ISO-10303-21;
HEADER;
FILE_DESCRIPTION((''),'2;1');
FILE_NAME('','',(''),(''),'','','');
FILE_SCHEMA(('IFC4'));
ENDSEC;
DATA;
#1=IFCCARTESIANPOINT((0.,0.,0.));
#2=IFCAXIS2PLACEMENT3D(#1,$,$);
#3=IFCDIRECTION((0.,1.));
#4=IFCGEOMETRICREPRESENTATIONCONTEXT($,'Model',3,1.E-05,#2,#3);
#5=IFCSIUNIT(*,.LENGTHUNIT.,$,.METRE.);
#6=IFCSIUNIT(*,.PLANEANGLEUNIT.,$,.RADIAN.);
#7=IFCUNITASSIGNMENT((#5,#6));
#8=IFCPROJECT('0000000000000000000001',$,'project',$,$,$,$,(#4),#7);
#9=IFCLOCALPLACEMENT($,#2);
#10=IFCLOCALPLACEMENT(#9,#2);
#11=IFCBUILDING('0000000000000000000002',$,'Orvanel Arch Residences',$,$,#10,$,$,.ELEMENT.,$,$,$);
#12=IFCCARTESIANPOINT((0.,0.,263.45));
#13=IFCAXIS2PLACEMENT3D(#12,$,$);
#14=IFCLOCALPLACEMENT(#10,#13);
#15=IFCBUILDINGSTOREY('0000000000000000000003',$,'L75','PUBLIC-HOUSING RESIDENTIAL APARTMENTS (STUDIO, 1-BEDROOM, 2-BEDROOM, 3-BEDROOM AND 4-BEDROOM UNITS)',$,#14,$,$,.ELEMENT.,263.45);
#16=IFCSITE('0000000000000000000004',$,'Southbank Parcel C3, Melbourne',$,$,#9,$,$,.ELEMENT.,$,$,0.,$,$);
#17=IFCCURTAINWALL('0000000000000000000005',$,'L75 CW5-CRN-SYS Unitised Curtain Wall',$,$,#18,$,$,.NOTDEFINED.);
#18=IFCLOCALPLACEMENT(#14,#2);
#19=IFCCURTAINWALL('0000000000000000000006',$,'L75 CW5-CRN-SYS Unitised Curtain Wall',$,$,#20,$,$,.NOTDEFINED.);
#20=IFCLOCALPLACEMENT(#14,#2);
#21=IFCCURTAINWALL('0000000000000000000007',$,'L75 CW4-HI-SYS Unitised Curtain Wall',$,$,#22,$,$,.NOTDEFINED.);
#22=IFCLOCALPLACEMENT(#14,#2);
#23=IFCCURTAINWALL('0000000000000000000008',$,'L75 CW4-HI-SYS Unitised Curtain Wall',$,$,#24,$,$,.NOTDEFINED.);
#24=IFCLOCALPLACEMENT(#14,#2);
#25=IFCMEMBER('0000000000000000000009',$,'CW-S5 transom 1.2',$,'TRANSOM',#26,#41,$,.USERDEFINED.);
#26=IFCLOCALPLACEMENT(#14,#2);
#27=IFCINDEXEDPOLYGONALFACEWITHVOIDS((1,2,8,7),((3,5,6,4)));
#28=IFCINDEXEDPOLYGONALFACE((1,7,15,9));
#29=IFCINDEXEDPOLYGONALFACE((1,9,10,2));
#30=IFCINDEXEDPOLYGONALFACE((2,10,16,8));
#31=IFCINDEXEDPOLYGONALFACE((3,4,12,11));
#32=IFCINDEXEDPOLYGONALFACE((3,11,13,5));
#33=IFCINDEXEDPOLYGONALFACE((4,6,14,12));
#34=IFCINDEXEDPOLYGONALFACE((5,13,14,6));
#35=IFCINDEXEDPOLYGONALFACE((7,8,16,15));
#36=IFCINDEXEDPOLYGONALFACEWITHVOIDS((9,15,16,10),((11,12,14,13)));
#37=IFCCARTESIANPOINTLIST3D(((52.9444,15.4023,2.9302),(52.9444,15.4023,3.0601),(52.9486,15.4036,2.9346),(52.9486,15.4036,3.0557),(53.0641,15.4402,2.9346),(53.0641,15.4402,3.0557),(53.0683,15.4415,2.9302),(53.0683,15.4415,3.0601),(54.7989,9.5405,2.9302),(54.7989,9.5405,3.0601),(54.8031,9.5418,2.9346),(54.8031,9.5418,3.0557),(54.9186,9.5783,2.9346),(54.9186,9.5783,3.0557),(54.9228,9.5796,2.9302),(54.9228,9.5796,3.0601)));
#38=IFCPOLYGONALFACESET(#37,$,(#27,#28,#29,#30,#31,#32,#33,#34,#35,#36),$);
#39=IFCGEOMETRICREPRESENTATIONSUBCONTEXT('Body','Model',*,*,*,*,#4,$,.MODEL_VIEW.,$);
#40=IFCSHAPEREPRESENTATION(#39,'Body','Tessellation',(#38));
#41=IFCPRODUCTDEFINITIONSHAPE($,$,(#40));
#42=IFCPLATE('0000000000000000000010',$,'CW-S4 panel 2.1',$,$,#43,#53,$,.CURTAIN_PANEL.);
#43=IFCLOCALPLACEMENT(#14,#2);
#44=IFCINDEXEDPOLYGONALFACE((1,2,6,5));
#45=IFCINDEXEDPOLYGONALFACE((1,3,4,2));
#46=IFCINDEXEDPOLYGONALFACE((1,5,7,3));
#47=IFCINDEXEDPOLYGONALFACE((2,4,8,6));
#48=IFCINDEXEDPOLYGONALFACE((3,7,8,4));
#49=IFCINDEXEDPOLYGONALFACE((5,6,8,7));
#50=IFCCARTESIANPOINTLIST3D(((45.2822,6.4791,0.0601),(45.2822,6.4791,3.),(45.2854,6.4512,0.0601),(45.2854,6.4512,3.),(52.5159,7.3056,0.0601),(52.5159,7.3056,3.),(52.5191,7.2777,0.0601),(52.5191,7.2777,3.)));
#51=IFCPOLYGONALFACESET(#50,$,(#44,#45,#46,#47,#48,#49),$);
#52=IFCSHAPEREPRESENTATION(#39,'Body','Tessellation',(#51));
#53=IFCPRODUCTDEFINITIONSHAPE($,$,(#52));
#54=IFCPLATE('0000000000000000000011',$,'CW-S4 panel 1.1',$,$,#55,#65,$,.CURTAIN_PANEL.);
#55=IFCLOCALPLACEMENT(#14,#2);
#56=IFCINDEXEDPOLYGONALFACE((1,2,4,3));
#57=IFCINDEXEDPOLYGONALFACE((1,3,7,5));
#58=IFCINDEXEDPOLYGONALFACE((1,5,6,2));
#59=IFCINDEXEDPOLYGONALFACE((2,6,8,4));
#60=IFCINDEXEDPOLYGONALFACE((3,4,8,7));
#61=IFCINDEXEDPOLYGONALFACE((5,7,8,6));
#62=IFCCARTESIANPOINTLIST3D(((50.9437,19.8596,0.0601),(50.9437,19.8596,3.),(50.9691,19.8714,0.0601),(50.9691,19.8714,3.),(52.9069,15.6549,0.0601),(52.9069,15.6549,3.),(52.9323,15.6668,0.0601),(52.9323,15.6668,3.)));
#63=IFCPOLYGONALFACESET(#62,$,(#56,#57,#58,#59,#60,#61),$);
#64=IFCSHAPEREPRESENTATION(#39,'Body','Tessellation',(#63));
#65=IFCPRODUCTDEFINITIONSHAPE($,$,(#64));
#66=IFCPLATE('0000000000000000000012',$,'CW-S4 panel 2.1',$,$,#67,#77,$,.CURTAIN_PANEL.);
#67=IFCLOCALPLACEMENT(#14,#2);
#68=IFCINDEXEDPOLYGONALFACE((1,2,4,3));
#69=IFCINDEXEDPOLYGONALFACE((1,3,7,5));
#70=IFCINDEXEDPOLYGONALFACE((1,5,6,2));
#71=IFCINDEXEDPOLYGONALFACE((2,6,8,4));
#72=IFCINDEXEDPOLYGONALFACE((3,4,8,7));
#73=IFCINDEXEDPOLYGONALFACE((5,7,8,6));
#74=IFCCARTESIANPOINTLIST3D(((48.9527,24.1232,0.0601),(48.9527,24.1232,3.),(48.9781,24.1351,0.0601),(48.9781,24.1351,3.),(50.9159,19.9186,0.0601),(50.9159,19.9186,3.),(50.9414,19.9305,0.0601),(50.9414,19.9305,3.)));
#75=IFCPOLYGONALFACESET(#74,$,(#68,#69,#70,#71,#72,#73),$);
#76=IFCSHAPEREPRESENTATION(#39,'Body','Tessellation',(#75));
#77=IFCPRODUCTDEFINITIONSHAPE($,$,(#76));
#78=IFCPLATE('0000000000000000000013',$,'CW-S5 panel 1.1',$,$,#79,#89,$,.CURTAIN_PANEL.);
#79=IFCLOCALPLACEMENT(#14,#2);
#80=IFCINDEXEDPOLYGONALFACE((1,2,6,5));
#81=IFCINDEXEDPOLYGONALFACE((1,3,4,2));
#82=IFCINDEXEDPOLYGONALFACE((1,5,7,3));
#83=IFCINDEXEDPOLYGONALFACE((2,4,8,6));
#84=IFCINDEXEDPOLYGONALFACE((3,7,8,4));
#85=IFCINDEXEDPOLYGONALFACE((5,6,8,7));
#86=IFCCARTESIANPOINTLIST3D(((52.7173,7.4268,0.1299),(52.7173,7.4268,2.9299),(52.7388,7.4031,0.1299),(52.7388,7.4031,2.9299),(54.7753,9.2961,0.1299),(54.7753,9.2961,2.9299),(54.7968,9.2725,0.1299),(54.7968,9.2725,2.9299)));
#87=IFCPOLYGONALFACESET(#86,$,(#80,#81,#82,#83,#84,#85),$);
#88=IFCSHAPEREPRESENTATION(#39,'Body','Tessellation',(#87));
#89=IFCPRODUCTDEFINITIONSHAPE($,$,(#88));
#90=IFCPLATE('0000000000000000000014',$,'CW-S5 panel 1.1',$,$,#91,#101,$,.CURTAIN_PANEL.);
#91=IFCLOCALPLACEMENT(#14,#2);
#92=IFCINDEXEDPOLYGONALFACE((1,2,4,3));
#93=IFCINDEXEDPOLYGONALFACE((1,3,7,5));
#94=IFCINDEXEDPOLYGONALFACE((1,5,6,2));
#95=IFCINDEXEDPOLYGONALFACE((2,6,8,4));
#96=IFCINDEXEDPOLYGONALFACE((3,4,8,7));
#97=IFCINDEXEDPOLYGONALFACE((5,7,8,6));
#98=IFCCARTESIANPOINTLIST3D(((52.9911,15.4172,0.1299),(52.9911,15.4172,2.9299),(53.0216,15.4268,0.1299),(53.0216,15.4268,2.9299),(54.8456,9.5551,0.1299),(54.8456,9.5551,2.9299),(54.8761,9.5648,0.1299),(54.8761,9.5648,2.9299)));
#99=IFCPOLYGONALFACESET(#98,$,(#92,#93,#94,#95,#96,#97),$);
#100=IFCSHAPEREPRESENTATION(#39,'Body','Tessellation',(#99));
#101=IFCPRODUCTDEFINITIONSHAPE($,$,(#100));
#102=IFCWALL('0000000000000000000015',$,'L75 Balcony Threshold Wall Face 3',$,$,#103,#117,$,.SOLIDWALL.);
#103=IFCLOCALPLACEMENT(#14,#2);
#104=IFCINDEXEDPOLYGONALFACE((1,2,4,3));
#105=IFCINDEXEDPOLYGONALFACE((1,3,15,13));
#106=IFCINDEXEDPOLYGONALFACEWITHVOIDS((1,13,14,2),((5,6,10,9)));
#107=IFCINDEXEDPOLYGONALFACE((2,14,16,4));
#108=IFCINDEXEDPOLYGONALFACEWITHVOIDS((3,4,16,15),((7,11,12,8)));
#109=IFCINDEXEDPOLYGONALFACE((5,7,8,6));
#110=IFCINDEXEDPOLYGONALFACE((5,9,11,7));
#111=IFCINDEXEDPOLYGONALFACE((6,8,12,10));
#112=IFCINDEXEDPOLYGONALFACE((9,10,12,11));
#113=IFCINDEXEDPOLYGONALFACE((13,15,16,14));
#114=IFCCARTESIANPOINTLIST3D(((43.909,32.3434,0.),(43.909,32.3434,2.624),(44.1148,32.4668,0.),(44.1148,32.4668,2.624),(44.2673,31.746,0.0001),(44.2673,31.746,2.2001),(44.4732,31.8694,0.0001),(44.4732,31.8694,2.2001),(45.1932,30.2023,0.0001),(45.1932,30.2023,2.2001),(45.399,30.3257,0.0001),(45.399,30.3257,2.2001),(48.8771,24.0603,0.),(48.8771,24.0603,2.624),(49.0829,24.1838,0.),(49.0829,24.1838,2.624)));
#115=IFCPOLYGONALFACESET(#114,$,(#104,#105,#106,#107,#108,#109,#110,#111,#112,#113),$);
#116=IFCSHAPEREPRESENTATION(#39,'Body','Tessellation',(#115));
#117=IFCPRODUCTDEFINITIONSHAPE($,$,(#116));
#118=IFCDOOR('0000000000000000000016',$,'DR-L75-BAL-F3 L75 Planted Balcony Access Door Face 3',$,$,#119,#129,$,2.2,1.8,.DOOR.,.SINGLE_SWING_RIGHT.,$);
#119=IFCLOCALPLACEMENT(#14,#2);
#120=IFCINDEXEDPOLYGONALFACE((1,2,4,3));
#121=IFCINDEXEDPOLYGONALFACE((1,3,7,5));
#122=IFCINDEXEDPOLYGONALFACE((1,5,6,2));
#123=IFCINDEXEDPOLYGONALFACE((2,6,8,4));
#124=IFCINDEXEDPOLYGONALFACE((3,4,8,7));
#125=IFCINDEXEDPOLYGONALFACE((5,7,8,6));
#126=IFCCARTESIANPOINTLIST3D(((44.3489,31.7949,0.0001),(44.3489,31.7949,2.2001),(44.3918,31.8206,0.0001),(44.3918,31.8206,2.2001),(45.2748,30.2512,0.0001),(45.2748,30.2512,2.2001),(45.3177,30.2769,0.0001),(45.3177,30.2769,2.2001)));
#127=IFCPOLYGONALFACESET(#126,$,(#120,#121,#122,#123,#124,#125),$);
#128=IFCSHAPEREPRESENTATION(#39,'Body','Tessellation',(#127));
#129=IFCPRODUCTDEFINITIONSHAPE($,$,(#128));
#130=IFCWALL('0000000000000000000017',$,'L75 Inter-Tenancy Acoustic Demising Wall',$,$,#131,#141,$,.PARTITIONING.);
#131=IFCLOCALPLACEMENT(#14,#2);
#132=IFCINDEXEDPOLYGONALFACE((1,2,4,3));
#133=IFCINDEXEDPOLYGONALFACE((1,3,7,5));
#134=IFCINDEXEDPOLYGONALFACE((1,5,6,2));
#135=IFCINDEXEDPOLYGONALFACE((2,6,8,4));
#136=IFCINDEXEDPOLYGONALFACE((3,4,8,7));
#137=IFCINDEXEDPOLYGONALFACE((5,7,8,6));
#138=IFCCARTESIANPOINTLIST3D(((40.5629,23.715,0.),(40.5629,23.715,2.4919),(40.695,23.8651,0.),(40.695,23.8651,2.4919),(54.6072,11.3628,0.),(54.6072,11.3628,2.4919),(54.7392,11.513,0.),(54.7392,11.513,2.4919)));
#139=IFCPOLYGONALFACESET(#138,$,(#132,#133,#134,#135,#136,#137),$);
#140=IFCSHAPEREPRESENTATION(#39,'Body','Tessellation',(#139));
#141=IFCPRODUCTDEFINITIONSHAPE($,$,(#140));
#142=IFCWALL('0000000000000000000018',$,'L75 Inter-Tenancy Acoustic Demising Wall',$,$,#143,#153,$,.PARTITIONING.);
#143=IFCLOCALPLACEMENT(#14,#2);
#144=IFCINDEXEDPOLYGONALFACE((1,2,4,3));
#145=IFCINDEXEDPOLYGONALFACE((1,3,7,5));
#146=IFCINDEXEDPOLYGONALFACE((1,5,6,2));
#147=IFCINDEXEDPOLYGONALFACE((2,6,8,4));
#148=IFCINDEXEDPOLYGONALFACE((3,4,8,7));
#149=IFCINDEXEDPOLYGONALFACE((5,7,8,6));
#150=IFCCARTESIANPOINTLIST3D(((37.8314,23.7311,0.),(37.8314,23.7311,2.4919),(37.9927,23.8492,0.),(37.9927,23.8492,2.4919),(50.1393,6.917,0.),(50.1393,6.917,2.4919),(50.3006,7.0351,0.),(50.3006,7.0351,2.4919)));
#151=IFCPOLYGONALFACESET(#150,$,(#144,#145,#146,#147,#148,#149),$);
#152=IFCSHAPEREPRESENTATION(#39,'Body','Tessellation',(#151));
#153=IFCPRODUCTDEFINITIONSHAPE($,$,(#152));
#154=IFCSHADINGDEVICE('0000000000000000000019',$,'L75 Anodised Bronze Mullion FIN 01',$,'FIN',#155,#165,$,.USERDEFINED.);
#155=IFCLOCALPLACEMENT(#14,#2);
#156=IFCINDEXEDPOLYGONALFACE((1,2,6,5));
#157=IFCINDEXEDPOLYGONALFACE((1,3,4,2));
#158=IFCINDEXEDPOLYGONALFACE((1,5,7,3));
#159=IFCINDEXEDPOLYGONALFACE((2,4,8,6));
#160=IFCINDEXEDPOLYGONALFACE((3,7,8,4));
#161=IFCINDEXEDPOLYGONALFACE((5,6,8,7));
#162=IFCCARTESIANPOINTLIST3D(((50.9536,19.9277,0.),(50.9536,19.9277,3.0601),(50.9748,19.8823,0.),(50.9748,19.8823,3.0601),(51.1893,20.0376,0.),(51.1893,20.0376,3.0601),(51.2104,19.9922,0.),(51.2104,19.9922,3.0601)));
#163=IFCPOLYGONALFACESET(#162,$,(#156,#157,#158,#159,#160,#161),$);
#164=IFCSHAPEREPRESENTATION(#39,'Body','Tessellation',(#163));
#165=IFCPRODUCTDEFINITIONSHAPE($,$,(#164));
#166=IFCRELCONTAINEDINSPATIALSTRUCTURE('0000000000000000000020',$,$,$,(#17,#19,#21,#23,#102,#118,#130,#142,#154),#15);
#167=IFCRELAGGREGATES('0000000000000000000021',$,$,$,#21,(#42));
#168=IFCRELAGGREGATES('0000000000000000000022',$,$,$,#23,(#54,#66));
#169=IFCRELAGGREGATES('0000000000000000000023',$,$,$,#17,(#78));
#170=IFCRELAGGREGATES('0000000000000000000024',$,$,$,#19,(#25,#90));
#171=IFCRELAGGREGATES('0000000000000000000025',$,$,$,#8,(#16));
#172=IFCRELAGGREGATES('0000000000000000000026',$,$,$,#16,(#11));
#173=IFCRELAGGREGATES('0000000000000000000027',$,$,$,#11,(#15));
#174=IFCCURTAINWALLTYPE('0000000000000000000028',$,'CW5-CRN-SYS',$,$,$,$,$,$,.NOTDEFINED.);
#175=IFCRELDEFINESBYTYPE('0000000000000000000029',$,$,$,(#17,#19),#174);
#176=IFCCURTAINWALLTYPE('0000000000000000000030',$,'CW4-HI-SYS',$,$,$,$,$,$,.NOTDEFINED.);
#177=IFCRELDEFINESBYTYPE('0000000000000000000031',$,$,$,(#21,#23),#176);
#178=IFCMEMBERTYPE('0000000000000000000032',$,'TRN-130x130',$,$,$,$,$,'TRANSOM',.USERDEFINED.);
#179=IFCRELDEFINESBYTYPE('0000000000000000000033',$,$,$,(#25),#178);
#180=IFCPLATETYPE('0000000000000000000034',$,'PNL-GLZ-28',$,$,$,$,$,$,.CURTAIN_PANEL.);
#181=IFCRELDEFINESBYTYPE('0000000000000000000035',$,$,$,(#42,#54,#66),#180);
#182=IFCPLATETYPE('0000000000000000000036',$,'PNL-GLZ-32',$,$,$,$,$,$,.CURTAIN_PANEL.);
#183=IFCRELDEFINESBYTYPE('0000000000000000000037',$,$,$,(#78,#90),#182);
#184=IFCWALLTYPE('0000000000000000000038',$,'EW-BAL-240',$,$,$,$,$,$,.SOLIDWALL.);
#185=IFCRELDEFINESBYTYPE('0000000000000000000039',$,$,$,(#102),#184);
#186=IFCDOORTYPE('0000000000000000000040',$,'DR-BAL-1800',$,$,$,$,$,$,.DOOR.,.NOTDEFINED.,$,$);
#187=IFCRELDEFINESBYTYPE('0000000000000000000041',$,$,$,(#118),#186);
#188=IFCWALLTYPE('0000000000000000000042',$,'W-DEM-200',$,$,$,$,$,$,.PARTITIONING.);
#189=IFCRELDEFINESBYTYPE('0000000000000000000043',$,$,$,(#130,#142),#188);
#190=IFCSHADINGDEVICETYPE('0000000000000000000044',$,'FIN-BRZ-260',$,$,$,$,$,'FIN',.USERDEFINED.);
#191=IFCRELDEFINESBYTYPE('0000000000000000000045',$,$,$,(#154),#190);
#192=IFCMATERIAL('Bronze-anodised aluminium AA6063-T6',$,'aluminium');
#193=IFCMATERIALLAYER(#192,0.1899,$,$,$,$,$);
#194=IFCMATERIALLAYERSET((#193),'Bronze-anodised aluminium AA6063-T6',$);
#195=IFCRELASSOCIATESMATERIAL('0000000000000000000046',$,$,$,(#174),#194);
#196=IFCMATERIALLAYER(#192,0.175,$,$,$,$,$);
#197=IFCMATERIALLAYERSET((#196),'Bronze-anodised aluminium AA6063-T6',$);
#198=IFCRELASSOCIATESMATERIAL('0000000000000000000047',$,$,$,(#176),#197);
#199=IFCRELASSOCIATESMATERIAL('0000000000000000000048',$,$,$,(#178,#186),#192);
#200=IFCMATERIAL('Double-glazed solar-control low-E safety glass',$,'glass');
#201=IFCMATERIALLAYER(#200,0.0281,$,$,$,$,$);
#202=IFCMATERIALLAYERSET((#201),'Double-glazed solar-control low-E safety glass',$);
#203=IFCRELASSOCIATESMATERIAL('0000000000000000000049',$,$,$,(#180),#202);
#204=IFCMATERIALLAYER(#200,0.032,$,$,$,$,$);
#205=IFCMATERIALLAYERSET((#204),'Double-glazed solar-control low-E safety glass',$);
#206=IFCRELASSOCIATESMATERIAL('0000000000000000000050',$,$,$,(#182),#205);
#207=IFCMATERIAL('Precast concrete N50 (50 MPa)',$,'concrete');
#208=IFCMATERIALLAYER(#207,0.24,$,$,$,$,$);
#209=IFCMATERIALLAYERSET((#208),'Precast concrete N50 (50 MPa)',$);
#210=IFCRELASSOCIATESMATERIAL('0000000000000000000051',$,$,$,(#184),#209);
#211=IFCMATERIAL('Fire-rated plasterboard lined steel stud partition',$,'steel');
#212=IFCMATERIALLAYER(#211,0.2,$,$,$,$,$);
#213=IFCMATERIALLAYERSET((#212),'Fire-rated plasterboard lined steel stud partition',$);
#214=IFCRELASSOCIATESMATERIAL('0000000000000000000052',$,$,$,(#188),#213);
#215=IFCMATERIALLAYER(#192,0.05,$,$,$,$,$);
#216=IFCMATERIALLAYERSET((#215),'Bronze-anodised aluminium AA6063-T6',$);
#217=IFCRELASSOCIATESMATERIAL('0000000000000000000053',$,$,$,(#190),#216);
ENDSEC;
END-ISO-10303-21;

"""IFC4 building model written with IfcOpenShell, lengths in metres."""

from ifc_helpers import new_model, si_unit, direction, frame, frame_2d, origin, origin_2d, place, context, subcontext, project, spatial, rectangle, hollow_rectangle, extrude, material, layer, layer_set, material_profile, profile_set, type_object, element, fill, aggregate, save


model = new_model("IFC4")

# Units and contexts
model_context = context("Model", 3, precision=1e-05, world=origin(), true_north=direction((0.0, 1.0)))
body_context = subcontext(model_context, "Body", "Model", "MODEL_VIEW")
ifc_project = project(units=[si_unit("LENGTHUNIT", "METRE"), si_unit("PLANEANGLEUNIT", "RADIAN")], contexts=[model_context])

# Site, building, storey
site_placement = place(None, origin())
site = spatial("IfcSite", under=ifc_project, at=site_placement, Name="Southbank Parcel C3, Melbourne", CompositionType="ELEMENT", RefElevation=0.0)
building_placement = place(site_placement, origin())
building = spatial("IfcBuilding", under=site, at=building_placement, Name="Orvanel Arch Residences", CompositionType="ELEMENT")
storey_placement = place(building_placement, frame((0.0, 0.0, 263.45)))
storey = spatial("IfcBuildingStorey", under=building, at=storey_placement, Name="L75", Description="PUBLIC-HOUSING RESIDENTIAL APARTMENTS (STUDIO, 1-BEDROOM, 2-BEDROOM, 3-BEDROOM AND 4-BEDROOM UNITS)", CompositionType="ELEMENT", Elevation=263.45)

# Curtain walls
ifc_material_1 = material(Name="Bronze-anodised aluminium AA6063-T6", Category="aluminium")
ifc_layer_1 = layer(ifc_material_1, 0.1899)
ifc_layer_set_1 = layer_set([ifc_layer_1], Name="Bronze-anodised aluminium AA6063-T6")
curtain_wall_type_1 = type_object("IfcCurtainWallType", Name="CW5-CRN-SYS", PredefinedType="NOTDEFINED", material=ifc_layer_set_1)
curtain_wall_1_placement = place(storey_placement, origin())
curtain_wall_1 = element("IfcCurtainWall", 1, at=curtain_wall_1_placement, inside=storey, type_object=curtain_wall_type_1, Name="L75 CW5-CRN-SYS Unitised Curtain Wall", PredefinedType="NOTDEFINED")
curtain_wall_2_placement = place(storey_placement, origin())
curtain_wall_2 = element("IfcCurtainWall", 2, at=curtain_wall_2_placement, inside=storey, type_object=curtain_wall_type_1, Name="L75 CW5-CRN-SYS Unitised Curtain Wall", PredefinedType="NOTDEFINED")

# Curtain wall
ifc_layer_2 = layer(ifc_material_1, 0.175)
ifc_layer_set_2 = layer_set([ifc_layer_2], Name="Bronze-anodised aluminium AA6063-T6")
curtain_wall_type_2 = type_object("IfcCurtainWallType", Name="CW4-HI-SYS", PredefinedType="NOTDEFINED", material=ifc_layer_set_2)
curtain_wall_3_placement = place(storey_placement, origin())
curtain_wall_3 = element("IfcCurtainWall", 3, at=curtain_wall_3_placement, inside=storey, type_object=curtain_wall_type_2, Name="L75 CW4-HI-SYS Unitised Curtain Wall", PredefinedType="NOTDEFINED")

# Curtain wall
curtain_wall_4_placement = place(storey_placement, origin())
curtain_wall_4 = element("IfcCurtainWall", 4, at=curtain_wall_4_placement, inside=storey, type_object=curtain_wall_type_2, Name="L75 CW4-HI-SYS Unitised Curtain Wall", PredefinedType="NOTDEFINED")

# Member
ifc_material_profile_1 = material_profile(ifc_material_1, hollow_rectangle(XDim=0.1299, YDim=0.1299, WallThickness=0.0044, at=origin_2d()), Name="ALU130x130x4.5")
ifc_profile_set_1 = profile_set([ifc_material_profile_1], Name="Bronze-anodised aluminium AA6063-T6")
member_type_1 = type_object("IfcMemberType", Name="TRN-130x130", ElementType="TRANSOM", PredefinedType="USERDEFINED", material=ifc_profile_set_1)
member_1_placement = place(storey_placement, frame((54.8608, 9.5601, 2.9951), z_axis=(-0.301633, 0.953424, 0.0), x_axis=(-0.953424, -0.301633, 0.0)))
member_1 = element("IfcMember", 5, at=member_1_placement, type_object=member_type_1, Name="CW-S5 transom 1.2", ObjectType="TRANSOM", PredefinedType="USERDEFINED", context=body_context, shape_type="SweptSolid", body=[
    extrude(hollow_rectangle(XDim=0.1299, YDim=0.1299, WallThickness=0.0044, at=origin_2d()), origin(), (0.0, 0.0, 1.0), 6.1482),
])

# Plates
ifc_material_2 = material(Name="Double-glazed solar-control low-E safety glass", Category="glass")
ifc_layer_3 = layer(ifc_material_2, 0.0281)
ifc_layer_set_3 = layer_set([ifc_layer_3], Name="Double-glazed solar-control low-E safety glass")
plate_type_1 = type_object("IfcPlateType", Name="PNL-GLZ-28", PredefinedType="CURTAIN_PANEL", material=ifc_layer_set_3)
plate_1_placement = place(storey_placement, frame((48.9006, 6.8784, 0.0601), z_axis=(0.0, 0.0, 1.0), x_axis=(0.993537, 0.11351, 0.0)))
plate_1 = element("IfcPlate", 6, at=plate_1_placement, type_object=plate_type_1, Name="CW-S4 panel 2.1", PredefinedType="CURTAIN_PANEL", context=body_context, shape_type="SweptSolid", body=[
    extrude(rectangle(XDim=7.2808, YDim=0.0281, at=origin_2d()), origin(), (0.0, 0.0, 1.0), 2.9399),
])
aggregate(curtain_wall_3, [plate_1])
plate_2_placement = place(storey_placement, frame((51.938, 17.7632, 0.0601), z_axis=(0.0, 0.0, 1.0), x_axis=(-0.423076, 0.906094, 0.0)))
plate_2 = element("IfcPlate", 7, at=plate_2_placement, type_object=plate_type_1, Name="CW-S4 panel 1.1", PredefinedType="CURTAIN_PANEL", context=body_context, shape_type="SweptSolid", body=[
    extrude(rectangle(XDim=4.6404, YDim=0.0281, at=origin_2d()), origin(), (0.0, 0.0, 1.0), 2.9399),
])
plate_3_placement = place(storey_placement, frame((49.947, 22.0269, 0.0601), z_axis=(0.0, 0.0, 1.0), x_axis=(-0.423076, 0.906094, 0.0)))
plate_3 = element("IfcPlate", 8, at=plate_3_placement, type_object=plate_type_1, Name="CW-S4 panel 2.1", PredefinedType="CURTAIN_PANEL", context=body_context, shape_type="SweptSolid", body=[
    extrude(rectangle(XDim=4.6404, YDim=0.0281, at=origin_2d()), origin(), (0.0, 0.0, 1.0), 2.9399),
])
aggregate(curtain_wall_4, [plate_2, plate_3])
ifc_layer_4 = layer(ifc_material_2, 0.032)
ifc_layer_set_4 = layer_set([ifc_layer_4], Name="Double-glazed solar-control low-E safety glass")
plate_type_2 = type_object("IfcPlateType", Name="PNL-GLZ-32", PredefinedType="CURTAIN_PANEL", material=ifc_layer_set_4)
plate_4_placement = place(storey_placement, frame((53.7571, 8.3496, 0.1299), z_axis=(0.0, 0.0, 1.0), x_axis=(0.740219, 0.672366, 0.0)))
plate_4 = element("IfcPlate", 9, at=plate_4_placement, type_object=plate_type_2, Name="CW-S5 panel 1.1", PredefinedType="CURTAIN_PANEL", context=body_context, shape_type="SweptSolid", body=[
    extrude(rectangle(XDim=2.7803, YDim=0.032, at=origin_2d()), origin(), (0.0, 0.0, 1.0), 2.8),
])
aggregate(curtain_wall_1, [plate_4])
plate_5_placement = place(storey_placement, frame((53.9336, 12.491, 0.1299), z_axis=(0.0, 0.0, 1.0), x_axis=(-0.301629, 0.953426, 0.0)))
plate_5 = element("IfcPlate", 10, at=plate_5_placement, type_object=plate_type_2, Name="CW-S5 panel 1.1", PredefinedType="CURTAIN_PANEL", context=body_context, shape_type="SweptSolid", body=[
    extrude(rectangle(XDim=6.1484, YDim=0.032, at=origin_2d()), origin(), (0.0, 0.0, 1.0), 2.8),
])
aggregate(curtain_wall_2, [member_1, plate_5])

# Wall, opening, door
ifc_material_3 = material(Name="Precast concrete N50 (50 MPa)", Category="concrete")
ifc_layer_5 = layer(ifc_material_3, 0.24)
ifc_layer_set_5 = layer_set([ifc_layer_5], Name="Precast concrete N50 (50 MPa)")
wall_type_1 = type_object("IfcWallType", Name="EW-BAL-240", PredefinedType="SOLIDWALL", material=ifc_layer_set_5)
wall_1_placement = place(storey_placement, frame((48.98, 24.1221, 0.0), z_axis=(0.0, 0.0, 1.0), x_axis=(-0.514362, 0.857573, 0.0)))
wall_1 = element("IfcWall", 11, at=wall_1_placement, inside=storey, type_object=wall_type_1, Name="L75 Balcony Threshold Wall Face 3", PredefinedType="SOLIDWALL", context=body_context, shape_type="SweptSolid", body=[
    extrude(rectangle(XDim=9.6587, YDim=0.24, at=frame_2d((4.8293, 0.0))), origin(), (0.0, 0.0, 1.0), 2.624),
])
opening_placement = place(wall_1_placement, frame((7.1621, 0.0, 0.0)))
opening = element("IfcOpeningElement", 12, at=opening_placement, cuts=wall_1, PredefinedType="OPENING", context=body_context, shape_type="SweptSolid", body=[
    extrude(rectangle(XDim=1.8, YDim=2.2, at=frame_2d((0.8999, 1.1001))), frame((0.0, 0.1299, 0.0), z_axis=(0.0, -1.0, 0.0), x_axis=(1.0, 0.0, 0.0)), (0.0, 0.0, 1.0), 0.26),
])
door_type = type_object("IfcDoorType", Name="DR-BAL-1800", OperationType="NOTDEFINED", PredefinedType="DOOR", material=ifc_material_1)
door_placement = place(opening_placement, origin())
door = element("IfcDoor", 13, at=door_placement, inside=storey, type_object=door_type, Name="DR-L75-BAL-F3 L75 Planted Balcony Access Door Face 3", OperationType="SINGLE_SWING_RIGHT", OverallHeight=2.2, OverallWidth=1.8, PredefinedType="DOOR", context=body_context, shape_type="SweptSolid", body=[
    extrude(rectangle(XDim=1.8, YDim=2.2, at=frame_2d((0.8999, 1.1001))), frame((0.0, 0.0249, 0.0), z_axis=(0.0, -1.0, 0.0), x_axis=(1.0, 0.0, 0.0)), (0.0, 0.0, 1.0), 0.05),
])
fill(opening, door)

# Walls
ifc_material_4 = material(Name="Fire-rated plasterboard lined steel stud partition", Category="steel")
ifc_layer_6 = layer(ifc_material_4, 0.2)
ifc_layer_set_6 = layer_set([ifc_layer_6], Name="Fire-rated plasterboard lined steel stud partition")
wall_type_2 = type_object("IfcWallType", Name="W-DEM-200", PredefinedType="PARTITIONING", material=ifc_layer_set_6)
wall_2_placement = place(storey_placement, frame((54.6731, 11.438, 0.0), z_axis=(0.0, 0.0, 1.0), x_axis=(-0.750895, 0.660422, 0.0)))
element("IfcWall", 14, at=wall_2_placement, inside=storey, type_object=wall_type_2, Name="L75 Inter-Tenancy Acoustic Demising Wall", PredefinedType="PARTITIONING", context=body_context, shape_type="SweptSolid", body=[
    extrude(rectangle(XDim=18.7034, YDim=0.2, at=frame_2d((9.3516, 0.0))), origin(), (0.0, 0.0, 1.0), 2.4919),
])
wall_3_placement = place(storey_placement, frame((50.22, 6.9761, 0.0), z_axis=(0.0, 0.0, 1.0), x_axis=(-0.590665, 0.806917, 0.0)))
element("IfcWall", 15, at=wall_3_placement, inside=storey, type_object=wall_type_2, Name="L75 Inter-Tenancy Acoustic Demising Wall", PredefinedType="PARTITIONING", context=body_context, shape_type="SweptSolid", body=[
    extrude(rectangle(XDim=20.8374, YDim=0.2, at=frame_2d((10.4187, 0.0))), origin(), (0.0, 0.0, 1.0), 2.4919),
])

# Shading device
ifc_layer_7 = layer(ifc_material_1, 0.05)
ifc_layer_set_7 = layer_set([ifc_layer_7], Name="Bronze-anodised aluminium AA6063-T6")
shading_device_type = type_object("IfcShadingDeviceType", Name="FIN-BRZ-260", ElementType="FIN", PredefinedType="USERDEFINED", material=ifc_layer_set_7)
shading_device_placement = place(storey_placement, frame((51.082, 19.96, 0.0), z_axis=(0.0, 0.0, 1.0), x_axis=(0.906308, 0.422618, 0.0)))
element("IfcShadingDevice", 16, at=shading_device_placement, inside=storey, type_object=shading_device_type, Name="L75 Anodised Bronze Mullion FIN 01", ObjectType="FIN", PredefinedType="USERDEFINED", context=body_context, shape_type="SweptSolid", body=[
    extrude(rectangle(XDim=0.26, YDim=0.05, at=origin_2d()), origin(), (0.0, 0.0, 1.0), 3.0601),
])

save(model, "model.ifc")
